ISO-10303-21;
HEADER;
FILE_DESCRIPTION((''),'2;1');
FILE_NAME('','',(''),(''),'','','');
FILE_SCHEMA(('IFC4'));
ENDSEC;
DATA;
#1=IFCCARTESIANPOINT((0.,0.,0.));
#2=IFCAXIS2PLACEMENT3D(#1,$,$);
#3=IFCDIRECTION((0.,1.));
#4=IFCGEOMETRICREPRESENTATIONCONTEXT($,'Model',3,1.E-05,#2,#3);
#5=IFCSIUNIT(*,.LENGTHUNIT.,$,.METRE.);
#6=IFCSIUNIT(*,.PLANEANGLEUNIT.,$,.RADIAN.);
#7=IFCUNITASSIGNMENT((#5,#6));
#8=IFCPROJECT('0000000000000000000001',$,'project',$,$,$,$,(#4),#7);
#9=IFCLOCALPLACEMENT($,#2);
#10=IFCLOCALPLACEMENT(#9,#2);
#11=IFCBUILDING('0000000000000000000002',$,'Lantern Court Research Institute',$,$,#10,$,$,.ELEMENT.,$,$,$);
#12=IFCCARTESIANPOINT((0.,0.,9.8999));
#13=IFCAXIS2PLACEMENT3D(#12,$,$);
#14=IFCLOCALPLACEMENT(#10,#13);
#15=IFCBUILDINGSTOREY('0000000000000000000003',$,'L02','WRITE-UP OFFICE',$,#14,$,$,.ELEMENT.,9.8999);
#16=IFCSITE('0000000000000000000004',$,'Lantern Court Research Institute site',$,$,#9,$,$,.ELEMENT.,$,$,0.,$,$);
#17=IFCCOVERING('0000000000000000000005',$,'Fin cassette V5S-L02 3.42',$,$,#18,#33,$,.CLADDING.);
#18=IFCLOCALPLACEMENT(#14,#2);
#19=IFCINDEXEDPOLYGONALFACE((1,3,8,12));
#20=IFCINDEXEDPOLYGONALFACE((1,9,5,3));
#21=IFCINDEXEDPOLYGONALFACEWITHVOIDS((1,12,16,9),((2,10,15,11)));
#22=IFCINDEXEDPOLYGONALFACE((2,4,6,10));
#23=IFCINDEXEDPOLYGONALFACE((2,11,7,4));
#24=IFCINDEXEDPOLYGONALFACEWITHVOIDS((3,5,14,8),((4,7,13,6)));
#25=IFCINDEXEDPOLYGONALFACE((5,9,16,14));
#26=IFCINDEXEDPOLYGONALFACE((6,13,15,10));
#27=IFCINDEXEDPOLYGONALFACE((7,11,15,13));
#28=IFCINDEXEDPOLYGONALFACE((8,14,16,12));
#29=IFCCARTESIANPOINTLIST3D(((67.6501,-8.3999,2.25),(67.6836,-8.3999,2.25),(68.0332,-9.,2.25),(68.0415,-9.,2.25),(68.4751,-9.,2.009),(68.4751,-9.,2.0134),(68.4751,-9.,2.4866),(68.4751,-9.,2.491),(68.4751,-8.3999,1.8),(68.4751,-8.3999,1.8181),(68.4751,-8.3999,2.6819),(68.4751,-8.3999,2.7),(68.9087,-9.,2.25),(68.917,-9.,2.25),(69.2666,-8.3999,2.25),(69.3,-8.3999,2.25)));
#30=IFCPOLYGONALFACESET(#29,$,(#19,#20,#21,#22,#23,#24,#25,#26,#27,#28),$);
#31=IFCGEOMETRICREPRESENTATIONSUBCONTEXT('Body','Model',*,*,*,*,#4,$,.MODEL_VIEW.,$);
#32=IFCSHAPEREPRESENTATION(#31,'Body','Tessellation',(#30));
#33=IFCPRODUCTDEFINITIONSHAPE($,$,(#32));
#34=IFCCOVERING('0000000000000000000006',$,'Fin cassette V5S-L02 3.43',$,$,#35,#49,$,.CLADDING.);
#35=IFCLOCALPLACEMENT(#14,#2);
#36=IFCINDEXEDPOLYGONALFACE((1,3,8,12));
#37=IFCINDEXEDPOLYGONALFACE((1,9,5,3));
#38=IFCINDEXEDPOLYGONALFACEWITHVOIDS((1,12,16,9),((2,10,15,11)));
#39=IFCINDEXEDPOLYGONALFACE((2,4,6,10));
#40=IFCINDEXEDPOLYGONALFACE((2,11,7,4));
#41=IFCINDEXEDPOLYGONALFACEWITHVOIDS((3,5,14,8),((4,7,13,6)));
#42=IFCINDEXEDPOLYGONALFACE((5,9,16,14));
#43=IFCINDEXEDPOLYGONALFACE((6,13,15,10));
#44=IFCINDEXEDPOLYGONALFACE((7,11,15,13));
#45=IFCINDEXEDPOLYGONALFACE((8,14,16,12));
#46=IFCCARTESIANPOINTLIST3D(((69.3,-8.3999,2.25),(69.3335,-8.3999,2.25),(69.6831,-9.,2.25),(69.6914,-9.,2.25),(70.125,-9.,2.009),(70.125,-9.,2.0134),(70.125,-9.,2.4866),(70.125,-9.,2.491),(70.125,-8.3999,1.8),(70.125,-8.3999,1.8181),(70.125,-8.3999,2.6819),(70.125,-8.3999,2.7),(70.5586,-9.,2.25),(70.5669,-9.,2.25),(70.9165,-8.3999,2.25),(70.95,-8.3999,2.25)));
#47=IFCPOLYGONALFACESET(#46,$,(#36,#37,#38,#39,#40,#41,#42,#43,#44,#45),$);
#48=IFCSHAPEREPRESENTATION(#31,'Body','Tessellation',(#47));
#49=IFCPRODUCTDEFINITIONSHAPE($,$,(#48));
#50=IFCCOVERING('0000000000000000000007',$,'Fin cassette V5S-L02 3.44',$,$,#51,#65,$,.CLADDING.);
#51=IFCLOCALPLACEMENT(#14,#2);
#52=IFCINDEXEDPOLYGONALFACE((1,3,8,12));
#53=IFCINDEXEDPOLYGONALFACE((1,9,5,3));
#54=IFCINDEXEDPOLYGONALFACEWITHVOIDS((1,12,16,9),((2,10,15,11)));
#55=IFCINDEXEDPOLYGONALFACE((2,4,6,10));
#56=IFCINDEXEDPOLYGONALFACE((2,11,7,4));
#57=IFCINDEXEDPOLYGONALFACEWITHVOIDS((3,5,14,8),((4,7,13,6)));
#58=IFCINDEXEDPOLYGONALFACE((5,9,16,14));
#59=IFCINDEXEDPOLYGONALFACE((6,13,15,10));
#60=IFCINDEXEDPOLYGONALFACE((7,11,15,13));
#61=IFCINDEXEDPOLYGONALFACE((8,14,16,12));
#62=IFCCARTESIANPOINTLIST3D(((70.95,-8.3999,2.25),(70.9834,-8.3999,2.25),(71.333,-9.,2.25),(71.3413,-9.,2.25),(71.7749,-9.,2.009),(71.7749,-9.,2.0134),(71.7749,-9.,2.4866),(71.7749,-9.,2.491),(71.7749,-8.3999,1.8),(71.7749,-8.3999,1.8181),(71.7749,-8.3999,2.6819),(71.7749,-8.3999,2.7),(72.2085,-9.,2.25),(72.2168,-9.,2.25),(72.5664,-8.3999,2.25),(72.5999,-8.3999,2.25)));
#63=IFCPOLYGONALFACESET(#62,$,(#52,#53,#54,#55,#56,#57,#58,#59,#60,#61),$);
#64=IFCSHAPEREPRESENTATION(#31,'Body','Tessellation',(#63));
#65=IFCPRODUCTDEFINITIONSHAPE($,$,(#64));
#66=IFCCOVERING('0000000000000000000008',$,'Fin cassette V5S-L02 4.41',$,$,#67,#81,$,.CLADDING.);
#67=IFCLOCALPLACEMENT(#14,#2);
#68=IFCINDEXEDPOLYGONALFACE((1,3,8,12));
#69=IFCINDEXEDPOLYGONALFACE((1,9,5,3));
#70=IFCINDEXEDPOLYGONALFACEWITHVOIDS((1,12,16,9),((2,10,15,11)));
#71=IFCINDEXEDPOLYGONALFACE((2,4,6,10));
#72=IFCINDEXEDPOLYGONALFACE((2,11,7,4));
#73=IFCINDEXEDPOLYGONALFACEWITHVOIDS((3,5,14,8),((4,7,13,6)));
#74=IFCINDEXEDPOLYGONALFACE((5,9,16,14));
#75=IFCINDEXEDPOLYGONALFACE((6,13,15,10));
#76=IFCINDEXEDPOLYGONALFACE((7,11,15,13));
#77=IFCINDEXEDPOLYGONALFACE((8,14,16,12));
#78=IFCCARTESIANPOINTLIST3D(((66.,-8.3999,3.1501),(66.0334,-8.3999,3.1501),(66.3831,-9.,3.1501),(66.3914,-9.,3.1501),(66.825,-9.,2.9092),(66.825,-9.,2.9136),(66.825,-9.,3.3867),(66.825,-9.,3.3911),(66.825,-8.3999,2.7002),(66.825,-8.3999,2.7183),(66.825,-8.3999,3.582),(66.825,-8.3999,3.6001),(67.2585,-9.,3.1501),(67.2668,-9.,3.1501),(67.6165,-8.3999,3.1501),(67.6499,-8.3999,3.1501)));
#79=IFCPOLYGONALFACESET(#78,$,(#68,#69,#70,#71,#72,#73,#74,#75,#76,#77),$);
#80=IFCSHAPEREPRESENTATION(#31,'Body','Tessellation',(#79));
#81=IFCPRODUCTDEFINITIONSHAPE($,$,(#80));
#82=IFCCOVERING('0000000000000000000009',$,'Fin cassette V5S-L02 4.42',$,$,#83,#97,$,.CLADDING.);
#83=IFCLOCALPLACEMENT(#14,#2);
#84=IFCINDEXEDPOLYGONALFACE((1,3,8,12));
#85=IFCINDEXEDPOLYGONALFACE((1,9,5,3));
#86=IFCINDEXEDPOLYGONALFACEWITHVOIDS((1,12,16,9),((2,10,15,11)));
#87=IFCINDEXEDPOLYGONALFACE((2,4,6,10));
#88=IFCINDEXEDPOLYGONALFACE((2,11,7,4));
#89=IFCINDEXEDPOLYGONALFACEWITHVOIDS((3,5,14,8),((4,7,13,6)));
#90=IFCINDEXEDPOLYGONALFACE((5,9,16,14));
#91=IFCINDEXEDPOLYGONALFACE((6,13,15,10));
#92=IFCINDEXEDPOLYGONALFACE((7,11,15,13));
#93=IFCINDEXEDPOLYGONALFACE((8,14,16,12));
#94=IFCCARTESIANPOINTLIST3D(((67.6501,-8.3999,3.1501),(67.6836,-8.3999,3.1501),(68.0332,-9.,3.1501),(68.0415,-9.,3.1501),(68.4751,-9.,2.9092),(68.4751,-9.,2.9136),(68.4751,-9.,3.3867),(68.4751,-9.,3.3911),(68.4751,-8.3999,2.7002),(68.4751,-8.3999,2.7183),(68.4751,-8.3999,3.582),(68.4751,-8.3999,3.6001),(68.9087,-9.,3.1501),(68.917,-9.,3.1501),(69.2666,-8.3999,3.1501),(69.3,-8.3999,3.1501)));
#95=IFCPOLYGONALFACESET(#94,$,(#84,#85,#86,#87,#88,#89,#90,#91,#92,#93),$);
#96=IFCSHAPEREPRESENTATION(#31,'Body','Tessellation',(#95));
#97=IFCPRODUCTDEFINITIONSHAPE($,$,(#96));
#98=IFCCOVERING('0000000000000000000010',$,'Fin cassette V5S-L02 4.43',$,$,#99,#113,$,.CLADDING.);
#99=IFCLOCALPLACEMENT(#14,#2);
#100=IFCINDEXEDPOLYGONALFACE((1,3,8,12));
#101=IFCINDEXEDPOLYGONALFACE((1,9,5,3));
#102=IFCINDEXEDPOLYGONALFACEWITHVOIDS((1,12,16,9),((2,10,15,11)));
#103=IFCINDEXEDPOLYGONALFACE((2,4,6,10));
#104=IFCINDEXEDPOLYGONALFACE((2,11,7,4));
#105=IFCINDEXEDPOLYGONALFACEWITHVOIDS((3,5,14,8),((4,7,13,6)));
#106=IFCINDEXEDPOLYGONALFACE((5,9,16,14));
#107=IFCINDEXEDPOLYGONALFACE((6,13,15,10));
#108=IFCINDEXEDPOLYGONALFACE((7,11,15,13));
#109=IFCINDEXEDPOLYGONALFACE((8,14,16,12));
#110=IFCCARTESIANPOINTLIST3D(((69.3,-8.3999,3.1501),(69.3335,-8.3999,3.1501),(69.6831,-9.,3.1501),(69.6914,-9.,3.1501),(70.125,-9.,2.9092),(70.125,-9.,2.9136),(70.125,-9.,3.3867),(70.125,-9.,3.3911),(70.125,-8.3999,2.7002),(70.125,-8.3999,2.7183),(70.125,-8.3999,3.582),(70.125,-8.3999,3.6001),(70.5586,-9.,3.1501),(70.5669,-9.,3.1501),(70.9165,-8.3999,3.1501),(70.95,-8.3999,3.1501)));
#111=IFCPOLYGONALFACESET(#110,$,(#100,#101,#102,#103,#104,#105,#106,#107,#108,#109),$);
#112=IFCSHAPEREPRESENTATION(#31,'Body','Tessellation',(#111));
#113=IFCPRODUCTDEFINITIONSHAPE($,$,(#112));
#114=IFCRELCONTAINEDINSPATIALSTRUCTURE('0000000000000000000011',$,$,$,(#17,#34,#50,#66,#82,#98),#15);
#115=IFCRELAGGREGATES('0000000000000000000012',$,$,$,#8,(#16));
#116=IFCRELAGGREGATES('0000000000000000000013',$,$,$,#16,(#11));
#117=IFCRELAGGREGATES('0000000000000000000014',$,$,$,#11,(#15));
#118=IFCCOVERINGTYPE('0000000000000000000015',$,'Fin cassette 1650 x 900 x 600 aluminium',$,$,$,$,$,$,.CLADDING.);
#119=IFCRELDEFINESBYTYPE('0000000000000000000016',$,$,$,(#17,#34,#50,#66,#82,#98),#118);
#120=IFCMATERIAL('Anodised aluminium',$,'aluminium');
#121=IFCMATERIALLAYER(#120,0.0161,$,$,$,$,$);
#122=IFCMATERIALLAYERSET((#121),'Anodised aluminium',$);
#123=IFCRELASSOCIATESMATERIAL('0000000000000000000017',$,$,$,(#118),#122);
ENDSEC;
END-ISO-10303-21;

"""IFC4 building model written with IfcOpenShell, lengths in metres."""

from ifc_helpers import new_model, entity, si_unit, direction, frame, origin, place, context, subcontext, project, spatial, material, layer, layer_set, type_object, element, save


model = new_model("IFC4")

# Units and contexts
model_context = context("Model", 3, precision=1e-05, world=origin(), true_north=direction((0.0, 1.0)))
body_context = subcontext(model_context, "Body", "Model", "MODEL_VIEW")
ifc_project = project(units=[si_unit("LENGTHUNIT", "METRE"), si_unit("PLANEANGLEUNIT", "RADIAN")], contexts=[model_context])

# Site, building, storey
site_placement = place(None, origin())
site = spatial("IfcSite", under=ifc_project, at=site_placement, Name="Lantern Court Research Institute site", CompositionType="ELEMENT", RefElevation=0.0)
building_placement = place(site_placement, origin())
building = spatial("IfcBuilding", under=site, at=building_placement, Name="Lantern Court Research Institute", CompositionType="ELEMENT")
storey_placement = place(building_placement, frame((0.0, 0.0, 9.8999)))
storey = spatial("IfcBuildingStorey", under=building, at=storey_placement, Name="L02", Description="WRITE-UP OFFICE", CompositionType="ELEMENT", Elevation=9.8999)

# Coverings
ifc_material_1 = material(Name="Anodised aluminium", Category="aluminium")
ifc_layer_1 = layer(ifc_material_1, 0.0161)
ifc_layer_set_1 = layer_set([ifc_layer_1], Name="Anodised aluminium")
covering_type = type_object("IfcCoveringType", Name="Fin cassette 1650 x 900 x 600 aluminium", PredefinedType="CLADDING", material=ifc_layer_set_1)
covering_1_placement = place(storey_placement, frame((68.4751, -8.3999, 2.25), z_axis=(0.0, -1.0, 0.0), x_axis=(1.0, 0.0, 0.0)))
cartesian_point_1 = entity("IfcCartesianPoint", [0.825, 0.0])
cartesian_point_2 = entity("IfcCartesianPoint", [0.7915, 0.0])
cartesian_point_3 = entity("IfcCartesianPoint", [0.4419, 0.0])
cartesian_point_4 = entity("IfcCartesianPoint", [0.4336, 0.0])
element("IfcCovering", 1, at=covering_1_placement, inside=storey, type_object=covering_type, Name="Fin cassette V5S-L02 3.42", PredefinedType="CLADDING", context=body_context, shape_type="SweptSolid", body=[
    entity("IfcExtrudedAreaSolidTapered", entity("IfcArbitraryProfileDefWithVoids", "AREA", None, entity("IfcPolyline", [cartesian_point_1, entity("IfcCartesianPoint", [0.0, 0.45]), entity("IfcCartesianPoint", [-0.825, 0.0]), entity("IfcCartesianPoint", [0.0, -0.45]), cartesian_point_1]), [entity("IfcPolyline", [cartesian_point_2, entity("IfcCartesianPoint", [0.0, 0.4319]), entity("IfcCartesianPoint", [-0.7915, 0.0]), entity("IfcCartesianPoint", [0.0, -0.4319]), cartesian_point_2])]), entity("IfcAxis2Placement3D", entity("IfcCartesianPoint", [0.0, 0.0, 0.0])), entity("IfcDirection", [0.0, 0.0, 1.0]), 0.6001, entity("IfcArbitraryProfileDefWithVoids", "AREA", None, entity("IfcPolyline", [cartesian_point_3, entity("IfcCartesianPoint", [0.0, 0.241]), entity("IfcCartesianPoint", [-0.4419, 0.0]), entity("IfcCartesianPoint", [0.0, -0.241]), cartesian_point_3]), [entity("IfcPolyline", [cartesian_point_4, entity("IfcCartesianPoint", [0.0, 0.2366]), entity("IfcCartesianPoint", [-0.4336, 0.0]), entity("IfcCartesianPoint", [0.0, -0.2366]), cartesian_point_4])])),
])
covering_2_placement = place(storey_placement, frame((70.125, -8.3999, 2.25), z_axis=(0.0, -1.0, 0.0), x_axis=(1.0, 0.0, 0.0)))
cartesian_point_5 = entity("IfcCartesianPoint", [0.825, 0.0])
cartesian_point_6 = entity("IfcCartesianPoint", [0.7915, 0.0])
cartesian_point_7 = entity("IfcCartesianPoint", [0.4419, 0.0])
cartesian_point_8 = entity("IfcCartesianPoint", [0.4336, 0.0])
element("IfcCovering", 2, at=covering_2_placement, inside=storey, type_object=covering_type, Name="Fin cassette V5S-L02 3.43", PredefinedType="CLADDING", context=body_context, shape_type="SweptSolid", body=[
    entity("IfcExtrudedAreaSolidTapered", entity("IfcArbitraryProfileDefWithVoids", "AREA", None, entity("IfcPolyline", [cartesian_point_5, entity("IfcCartesianPoint", [0.0, 0.45]), entity("IfcCartesianPoint", [-0.825, 0.0]), entity("IfcCartesianPoint", [0.0, -0.45]), cartesian_point_5]), [entity("IfcPolyline", [cartesian_point_6, entity("IfcCartesianPoint", [0.0, 0.4319]), entity("IfcCartesianPoint", [-0.7915, 0.0]), entity("IfcCartesianPoint", [0.0, -0.4319]), cartesian_point_6])]), entity("IfcAxis2Placement3D", entity("IfcCartesianPoint", [0.0, 0.0, 0.0])), entity("IfcDirection", [0.0, 0.0, 1.0]), 0.6001, entity("IfcArbitraryProfileDefWithVoids", "AREA", None, entity("IfcPolyline", [cartesian_point_7, entity("IfcCartesianPoint", [0.0, 0.241]), entity("IfcCartesianPoint", [-0.4419, 0.0]), entity("IfcCartesianPoint", [0.0, -0.241]), cartesian_point_7]), [entity("IfcPolyline", [cartesian_point_8, entity("IfcCartesianPoint", [0.0, 0.2366]), entity("IfcCartesianPoint", [-0.4336, 0.0]), entity("IfcCartesianPoint", [0.0, -0.2366]), cartesian_point_8])])),
])
covering_3_placement = place(storey_placement, frame((71.7749, -8.3999, 2.25), z_axis=(0.0, -1.0, 0.0), x_axis=(1.0, 0.0, 0.0)))
cartesian_point_9 = entity("IfcCartesianPoint", [0.825, 0.0])
cartesian_point_10 = entity("IfcCartesianPoint", [0.7915, 0.0])
cartesian_point_11 = entity("IfcCartesianPoint", [0.4419, 0.0])
cartesian_point_12 = entity("IfcCartesianPoint", [0.4336, 0.0])
element("IfcCovering", 3, at=covering_3_placement, inside=storey, type_object=covering_type, Name="Fin cassette V5S-L02 3.44", PredefinedType="CLADDING", context=body_context, shape_type="SweptSolid", body=[
    entity("IfcExtrudedAreaSolidTapered", entity("IfcArbitraryProfileDefWithVoids", "AREA", None, entity("IfcPolyline", [cartesian_point_9, entity("IfcCartesianPoint", [0.0, 0.45]), entity("IfcCartesianPoint", [-0.825, 0.0]), entity("IfcCartesianPoint", [0.0, -0.45]), cartesian_point_9]), [entity("IfcPolyline", [cartesian_point_10, entity("IfcCartesianPoint", [0.0, 0.4319]), entity("IfcCartesianPoint", [-0.7915, 0.0]), entity("IfcCartesianPoint", [0.0, -0.4319]), cartesian_point_10])]), entity("IfcAxis2Placement3D", entity("IfcCartesianPoint", [0.0, 0.0, 0.0])), entity("IfcDirection", [0.0, 0.0, 1.0]), 0.6001, entity("IfcArbitraryProfileDefWithVoids", "AREA", None, entity("IfcPolyline", [cartesian_point_11, entity("IfcCartesianPoint", [0.0, 0.241]), entity("IfcCartesianPoint", [-0.4419, 0.0]), entity("IfcCartesianPoint", [0.0, -0.241]), cartesian_point_11]), [entity("IfcPolyline", [cartesian_point_12, entity("IfcCartesianPoint", [0.0, 0.2366]), entity("IfcCartesianPoint", [-0.4336, 0.0]), entity("IfcCartesianPoint", [0.0, -0.2366]), cartesian_point_12])])),
])
covering_4_placement = place(storey_placement, frame((66.825, -8.3999, 3.1501), z_axis=(0.0, -1.0, 0.0), x_axis=(1.0, 0.0, 0.0)))
cartesian_point_13 = entity("IfcCartesianPoint", [0.825, 0.0])
cartesian_point_14 = entity("IfcCartesianPoint", [0.7915, 0.0])
cartesian_point_15 = entity("IfcCartesianPoint", [0.4419, 0.0])
cartesian_point_16 = entity("IfcCartesianPoint", [0.4336, 0.0])
element("IfcCovering", 4, at=covering_4_placement, inside=storey, type_object=covering_type, Name="Fin cassette V5S-L02 4.41", PredefinedType="CLADDING", context=body_context, shape_type="SweptSolid", body=[
    entity("IfcExtrudedAreaSolidTapered", entity("IfcArbitraryProfileDefWithVoids", "AREA", None, entity("IfcPolyline", [cartesian_point_13, entity("IfcCartesianPoint", [0.0, 0.45]), entity("IfcCartesianPoint", [-0.825, 0.0]), entity("IfcCartesianPoint", [0.0, -0.45]), cartesian_point_13]), [entity("IfcPolyline", [cartesian_point_14, entity("IfcCartesianPoint", [0.0, 0.4319]), entity("IfcCartesianPoint", [-0.7915, 0.0]), entity("IfcCartesianPoint", [0.0, -0.4319]), cartesian_point_14])]), entity("IfcAxis2Placement3D", entity("IfcCartesianPoint", [0.0, 0.0, 0.0])), entity("IfcDirection", [0.0, 0.0, 1.0]), 0.6001, entity("IfcArbitraryProfileDefWithVoids", "AREA", None, entity("IfcPolyline", [cartesian_point_15, entity("IfcCartesianPoint", [0.0, 0.241]), entity("IfcCartesianPoint", [-0.4419, 0.0]), entity("IfcCartesianPoint", [0.0, -0.241]), cartesian_point_15]), [entity("IfcPolyline", [cartesian_point_16, entity("IfcCartesianPoint", [0.0, 0.2366]), entity("IfcCartesianPoint", [-0.4336, 0.0]), entity("IfcCartesianPoint", [0.0, -0.2366]), cartesian_point_16])])),
])
covering_5_placement = place(storey_placement, frame((68.4751, -8.3999, 3.1501), z_axis=(0.0, -1.0, 0.0), x_axis=(1.0, 0.0, 0.0)))
cartesian_point_17 = entity("IfcCartesianPoint", [0.825, 0.0])
cartesian_point_18 = entity("IfcCartesianPoint", [0.7915, 0.0])
cartesian_point_19 = entity("IfcCartesianPoint", [0.4419, 0.0])
cartesian_point_20 = entity("IfcCartesianPoint", [0.4336, 0.0])
element("IfcCovering", 5, at=covering_5_placement, inside=storey, type_object=covering_type, Name="Fin cassette V5S-L02 4.42", PredefinedType="CLADDING", context=body_context, shape_type="SweptSolid", body=[
    entity("IfcExtrudedAreaSolidTapered", entity("IfcArbitraryProfileDefWithVoids", "AREA", None, entity("IfcPolyline", [cartesian_point_17, entity("IfcCartesianPoint", [0.0, 0.45]), entity("IfcCartesianPoint", [-0.825, 0.0]), entity("IfcCartesianPoint", [0.0, -0.45]), cartesian_point_17]), [entity("IfcPolyline", [cartesian_point_18, entity("IfcCartesianPoint", [0.0, 0.4319]), entity("IfcCartesianPoint", [-0.7915, 0.0]), entity("IfcCartesianPoint", [0.0, -0.4319]), cartesian_point_18])]), entity("IfcAxis2Placement3D", entity("IfcCartesianPoint", [0.0, 0.0, 0.0])), entity("IfcDirection", [0.0, 0.0, 1.0]), 0.6001, entity("IfcArbitraryProfileDefWithVoids", "AREA", None, entity("IfcPolyline", [cartesian_point_19, entity("IfcCartesianPoint", [0.0, 0.241]), entity("IfcCartesianPoint", [-0.4419, 0.0]), entity("IfcCartesianPoint", [0.0, -0.241]), cartesian_point_19]), [entity("IfcPolyline", [cartesian_point_20, entity("IfcCartesianPoint", [0.0, 0.2366]), entity("IfcCartesianPoint", [-0.4336, 0.0]), entity("IfcCartesianPoint", [0.0, -0.2366]), cartesian_point_20])])),
])
covering_6_placement = place(storey_placement, frame((70.125, -8.3999, 3.1501), z_axis=(0.0, -1.0, 0.0), x_axis=(1.0, 0.0, 0.0)))
cartesian_point_21 = entity("IfcCartesianPoint", [0.825, 0.0])
cartesian_point_22 = entity("IfcCartesianPoint", [0.7915, 0.0])
cartesian_point_23 = entity("IfcCartesianPoint", [0.4419, 0.0])
cartesian_point_24 = entity("IfcCartesianPoint", [0.4336, 0.0])
element("IfcCovering", 6, at=covering_6_placement, inside=storey, type_object=covering_type, Name="Fin cassette V5S-L02 4.43", PredefinedType="CLADDING", context=body_context, shape_type="SweptSolid", body=[
    entity("IfcExtrudedAreaSolidTapered", entity("IfcArbitraryProfileDefWithVoids", "AREA", None, entity("IfcPolyline", [cartesian_point_21, entity("IfcCartesianPoint", [0.0, 0.45]), entity("IfcCartesianPoint", [-0.825, 0.0]), entity("IfcCartesianPoint", [0.0, -0.45]), cartesian_point_21]), [entity("IfcPolyline", [cartesian_point_22, entity("IfcCartesianPoint", [0.0, 0.4319]), entity("IfcCartesianPoint", [-0.7915, 0.0]), entity("IfcCartesianPoint", [0.0, -0.4319]), cartesian_point_22])]), entity("IfcAxis2Placement3D", entity("IfcCartesianPoint", [0.0, 0.0, 0.0])), entity("IfcDirection", [0.0, 0.0, 1.0]), 0.6001, entity("IfcArbitraryProfileDefWithVoids", "AREA", None, entity("IfcPolyline", [cartesian_point_23, entity("IfcCartesianPoint", [0.0, 0.241]), entity("IfcCartesianPoint", [-0.4419, 0.0]), entity("IfcCartesianPoint", [0.0, -0.241]), cartesian_point_23]), [entity("IfcPolyline", [cartesian_point_24, entity("IfcCartesianPoint", [0.0, 0.2366]), entity("IfcCartesianPoint", [-0.4336, 0.0]), entity("IfcCartesianPoint", [0.0, -0.2366]), cartesian_point_24])])),
])

save(model, "model.ifc")
